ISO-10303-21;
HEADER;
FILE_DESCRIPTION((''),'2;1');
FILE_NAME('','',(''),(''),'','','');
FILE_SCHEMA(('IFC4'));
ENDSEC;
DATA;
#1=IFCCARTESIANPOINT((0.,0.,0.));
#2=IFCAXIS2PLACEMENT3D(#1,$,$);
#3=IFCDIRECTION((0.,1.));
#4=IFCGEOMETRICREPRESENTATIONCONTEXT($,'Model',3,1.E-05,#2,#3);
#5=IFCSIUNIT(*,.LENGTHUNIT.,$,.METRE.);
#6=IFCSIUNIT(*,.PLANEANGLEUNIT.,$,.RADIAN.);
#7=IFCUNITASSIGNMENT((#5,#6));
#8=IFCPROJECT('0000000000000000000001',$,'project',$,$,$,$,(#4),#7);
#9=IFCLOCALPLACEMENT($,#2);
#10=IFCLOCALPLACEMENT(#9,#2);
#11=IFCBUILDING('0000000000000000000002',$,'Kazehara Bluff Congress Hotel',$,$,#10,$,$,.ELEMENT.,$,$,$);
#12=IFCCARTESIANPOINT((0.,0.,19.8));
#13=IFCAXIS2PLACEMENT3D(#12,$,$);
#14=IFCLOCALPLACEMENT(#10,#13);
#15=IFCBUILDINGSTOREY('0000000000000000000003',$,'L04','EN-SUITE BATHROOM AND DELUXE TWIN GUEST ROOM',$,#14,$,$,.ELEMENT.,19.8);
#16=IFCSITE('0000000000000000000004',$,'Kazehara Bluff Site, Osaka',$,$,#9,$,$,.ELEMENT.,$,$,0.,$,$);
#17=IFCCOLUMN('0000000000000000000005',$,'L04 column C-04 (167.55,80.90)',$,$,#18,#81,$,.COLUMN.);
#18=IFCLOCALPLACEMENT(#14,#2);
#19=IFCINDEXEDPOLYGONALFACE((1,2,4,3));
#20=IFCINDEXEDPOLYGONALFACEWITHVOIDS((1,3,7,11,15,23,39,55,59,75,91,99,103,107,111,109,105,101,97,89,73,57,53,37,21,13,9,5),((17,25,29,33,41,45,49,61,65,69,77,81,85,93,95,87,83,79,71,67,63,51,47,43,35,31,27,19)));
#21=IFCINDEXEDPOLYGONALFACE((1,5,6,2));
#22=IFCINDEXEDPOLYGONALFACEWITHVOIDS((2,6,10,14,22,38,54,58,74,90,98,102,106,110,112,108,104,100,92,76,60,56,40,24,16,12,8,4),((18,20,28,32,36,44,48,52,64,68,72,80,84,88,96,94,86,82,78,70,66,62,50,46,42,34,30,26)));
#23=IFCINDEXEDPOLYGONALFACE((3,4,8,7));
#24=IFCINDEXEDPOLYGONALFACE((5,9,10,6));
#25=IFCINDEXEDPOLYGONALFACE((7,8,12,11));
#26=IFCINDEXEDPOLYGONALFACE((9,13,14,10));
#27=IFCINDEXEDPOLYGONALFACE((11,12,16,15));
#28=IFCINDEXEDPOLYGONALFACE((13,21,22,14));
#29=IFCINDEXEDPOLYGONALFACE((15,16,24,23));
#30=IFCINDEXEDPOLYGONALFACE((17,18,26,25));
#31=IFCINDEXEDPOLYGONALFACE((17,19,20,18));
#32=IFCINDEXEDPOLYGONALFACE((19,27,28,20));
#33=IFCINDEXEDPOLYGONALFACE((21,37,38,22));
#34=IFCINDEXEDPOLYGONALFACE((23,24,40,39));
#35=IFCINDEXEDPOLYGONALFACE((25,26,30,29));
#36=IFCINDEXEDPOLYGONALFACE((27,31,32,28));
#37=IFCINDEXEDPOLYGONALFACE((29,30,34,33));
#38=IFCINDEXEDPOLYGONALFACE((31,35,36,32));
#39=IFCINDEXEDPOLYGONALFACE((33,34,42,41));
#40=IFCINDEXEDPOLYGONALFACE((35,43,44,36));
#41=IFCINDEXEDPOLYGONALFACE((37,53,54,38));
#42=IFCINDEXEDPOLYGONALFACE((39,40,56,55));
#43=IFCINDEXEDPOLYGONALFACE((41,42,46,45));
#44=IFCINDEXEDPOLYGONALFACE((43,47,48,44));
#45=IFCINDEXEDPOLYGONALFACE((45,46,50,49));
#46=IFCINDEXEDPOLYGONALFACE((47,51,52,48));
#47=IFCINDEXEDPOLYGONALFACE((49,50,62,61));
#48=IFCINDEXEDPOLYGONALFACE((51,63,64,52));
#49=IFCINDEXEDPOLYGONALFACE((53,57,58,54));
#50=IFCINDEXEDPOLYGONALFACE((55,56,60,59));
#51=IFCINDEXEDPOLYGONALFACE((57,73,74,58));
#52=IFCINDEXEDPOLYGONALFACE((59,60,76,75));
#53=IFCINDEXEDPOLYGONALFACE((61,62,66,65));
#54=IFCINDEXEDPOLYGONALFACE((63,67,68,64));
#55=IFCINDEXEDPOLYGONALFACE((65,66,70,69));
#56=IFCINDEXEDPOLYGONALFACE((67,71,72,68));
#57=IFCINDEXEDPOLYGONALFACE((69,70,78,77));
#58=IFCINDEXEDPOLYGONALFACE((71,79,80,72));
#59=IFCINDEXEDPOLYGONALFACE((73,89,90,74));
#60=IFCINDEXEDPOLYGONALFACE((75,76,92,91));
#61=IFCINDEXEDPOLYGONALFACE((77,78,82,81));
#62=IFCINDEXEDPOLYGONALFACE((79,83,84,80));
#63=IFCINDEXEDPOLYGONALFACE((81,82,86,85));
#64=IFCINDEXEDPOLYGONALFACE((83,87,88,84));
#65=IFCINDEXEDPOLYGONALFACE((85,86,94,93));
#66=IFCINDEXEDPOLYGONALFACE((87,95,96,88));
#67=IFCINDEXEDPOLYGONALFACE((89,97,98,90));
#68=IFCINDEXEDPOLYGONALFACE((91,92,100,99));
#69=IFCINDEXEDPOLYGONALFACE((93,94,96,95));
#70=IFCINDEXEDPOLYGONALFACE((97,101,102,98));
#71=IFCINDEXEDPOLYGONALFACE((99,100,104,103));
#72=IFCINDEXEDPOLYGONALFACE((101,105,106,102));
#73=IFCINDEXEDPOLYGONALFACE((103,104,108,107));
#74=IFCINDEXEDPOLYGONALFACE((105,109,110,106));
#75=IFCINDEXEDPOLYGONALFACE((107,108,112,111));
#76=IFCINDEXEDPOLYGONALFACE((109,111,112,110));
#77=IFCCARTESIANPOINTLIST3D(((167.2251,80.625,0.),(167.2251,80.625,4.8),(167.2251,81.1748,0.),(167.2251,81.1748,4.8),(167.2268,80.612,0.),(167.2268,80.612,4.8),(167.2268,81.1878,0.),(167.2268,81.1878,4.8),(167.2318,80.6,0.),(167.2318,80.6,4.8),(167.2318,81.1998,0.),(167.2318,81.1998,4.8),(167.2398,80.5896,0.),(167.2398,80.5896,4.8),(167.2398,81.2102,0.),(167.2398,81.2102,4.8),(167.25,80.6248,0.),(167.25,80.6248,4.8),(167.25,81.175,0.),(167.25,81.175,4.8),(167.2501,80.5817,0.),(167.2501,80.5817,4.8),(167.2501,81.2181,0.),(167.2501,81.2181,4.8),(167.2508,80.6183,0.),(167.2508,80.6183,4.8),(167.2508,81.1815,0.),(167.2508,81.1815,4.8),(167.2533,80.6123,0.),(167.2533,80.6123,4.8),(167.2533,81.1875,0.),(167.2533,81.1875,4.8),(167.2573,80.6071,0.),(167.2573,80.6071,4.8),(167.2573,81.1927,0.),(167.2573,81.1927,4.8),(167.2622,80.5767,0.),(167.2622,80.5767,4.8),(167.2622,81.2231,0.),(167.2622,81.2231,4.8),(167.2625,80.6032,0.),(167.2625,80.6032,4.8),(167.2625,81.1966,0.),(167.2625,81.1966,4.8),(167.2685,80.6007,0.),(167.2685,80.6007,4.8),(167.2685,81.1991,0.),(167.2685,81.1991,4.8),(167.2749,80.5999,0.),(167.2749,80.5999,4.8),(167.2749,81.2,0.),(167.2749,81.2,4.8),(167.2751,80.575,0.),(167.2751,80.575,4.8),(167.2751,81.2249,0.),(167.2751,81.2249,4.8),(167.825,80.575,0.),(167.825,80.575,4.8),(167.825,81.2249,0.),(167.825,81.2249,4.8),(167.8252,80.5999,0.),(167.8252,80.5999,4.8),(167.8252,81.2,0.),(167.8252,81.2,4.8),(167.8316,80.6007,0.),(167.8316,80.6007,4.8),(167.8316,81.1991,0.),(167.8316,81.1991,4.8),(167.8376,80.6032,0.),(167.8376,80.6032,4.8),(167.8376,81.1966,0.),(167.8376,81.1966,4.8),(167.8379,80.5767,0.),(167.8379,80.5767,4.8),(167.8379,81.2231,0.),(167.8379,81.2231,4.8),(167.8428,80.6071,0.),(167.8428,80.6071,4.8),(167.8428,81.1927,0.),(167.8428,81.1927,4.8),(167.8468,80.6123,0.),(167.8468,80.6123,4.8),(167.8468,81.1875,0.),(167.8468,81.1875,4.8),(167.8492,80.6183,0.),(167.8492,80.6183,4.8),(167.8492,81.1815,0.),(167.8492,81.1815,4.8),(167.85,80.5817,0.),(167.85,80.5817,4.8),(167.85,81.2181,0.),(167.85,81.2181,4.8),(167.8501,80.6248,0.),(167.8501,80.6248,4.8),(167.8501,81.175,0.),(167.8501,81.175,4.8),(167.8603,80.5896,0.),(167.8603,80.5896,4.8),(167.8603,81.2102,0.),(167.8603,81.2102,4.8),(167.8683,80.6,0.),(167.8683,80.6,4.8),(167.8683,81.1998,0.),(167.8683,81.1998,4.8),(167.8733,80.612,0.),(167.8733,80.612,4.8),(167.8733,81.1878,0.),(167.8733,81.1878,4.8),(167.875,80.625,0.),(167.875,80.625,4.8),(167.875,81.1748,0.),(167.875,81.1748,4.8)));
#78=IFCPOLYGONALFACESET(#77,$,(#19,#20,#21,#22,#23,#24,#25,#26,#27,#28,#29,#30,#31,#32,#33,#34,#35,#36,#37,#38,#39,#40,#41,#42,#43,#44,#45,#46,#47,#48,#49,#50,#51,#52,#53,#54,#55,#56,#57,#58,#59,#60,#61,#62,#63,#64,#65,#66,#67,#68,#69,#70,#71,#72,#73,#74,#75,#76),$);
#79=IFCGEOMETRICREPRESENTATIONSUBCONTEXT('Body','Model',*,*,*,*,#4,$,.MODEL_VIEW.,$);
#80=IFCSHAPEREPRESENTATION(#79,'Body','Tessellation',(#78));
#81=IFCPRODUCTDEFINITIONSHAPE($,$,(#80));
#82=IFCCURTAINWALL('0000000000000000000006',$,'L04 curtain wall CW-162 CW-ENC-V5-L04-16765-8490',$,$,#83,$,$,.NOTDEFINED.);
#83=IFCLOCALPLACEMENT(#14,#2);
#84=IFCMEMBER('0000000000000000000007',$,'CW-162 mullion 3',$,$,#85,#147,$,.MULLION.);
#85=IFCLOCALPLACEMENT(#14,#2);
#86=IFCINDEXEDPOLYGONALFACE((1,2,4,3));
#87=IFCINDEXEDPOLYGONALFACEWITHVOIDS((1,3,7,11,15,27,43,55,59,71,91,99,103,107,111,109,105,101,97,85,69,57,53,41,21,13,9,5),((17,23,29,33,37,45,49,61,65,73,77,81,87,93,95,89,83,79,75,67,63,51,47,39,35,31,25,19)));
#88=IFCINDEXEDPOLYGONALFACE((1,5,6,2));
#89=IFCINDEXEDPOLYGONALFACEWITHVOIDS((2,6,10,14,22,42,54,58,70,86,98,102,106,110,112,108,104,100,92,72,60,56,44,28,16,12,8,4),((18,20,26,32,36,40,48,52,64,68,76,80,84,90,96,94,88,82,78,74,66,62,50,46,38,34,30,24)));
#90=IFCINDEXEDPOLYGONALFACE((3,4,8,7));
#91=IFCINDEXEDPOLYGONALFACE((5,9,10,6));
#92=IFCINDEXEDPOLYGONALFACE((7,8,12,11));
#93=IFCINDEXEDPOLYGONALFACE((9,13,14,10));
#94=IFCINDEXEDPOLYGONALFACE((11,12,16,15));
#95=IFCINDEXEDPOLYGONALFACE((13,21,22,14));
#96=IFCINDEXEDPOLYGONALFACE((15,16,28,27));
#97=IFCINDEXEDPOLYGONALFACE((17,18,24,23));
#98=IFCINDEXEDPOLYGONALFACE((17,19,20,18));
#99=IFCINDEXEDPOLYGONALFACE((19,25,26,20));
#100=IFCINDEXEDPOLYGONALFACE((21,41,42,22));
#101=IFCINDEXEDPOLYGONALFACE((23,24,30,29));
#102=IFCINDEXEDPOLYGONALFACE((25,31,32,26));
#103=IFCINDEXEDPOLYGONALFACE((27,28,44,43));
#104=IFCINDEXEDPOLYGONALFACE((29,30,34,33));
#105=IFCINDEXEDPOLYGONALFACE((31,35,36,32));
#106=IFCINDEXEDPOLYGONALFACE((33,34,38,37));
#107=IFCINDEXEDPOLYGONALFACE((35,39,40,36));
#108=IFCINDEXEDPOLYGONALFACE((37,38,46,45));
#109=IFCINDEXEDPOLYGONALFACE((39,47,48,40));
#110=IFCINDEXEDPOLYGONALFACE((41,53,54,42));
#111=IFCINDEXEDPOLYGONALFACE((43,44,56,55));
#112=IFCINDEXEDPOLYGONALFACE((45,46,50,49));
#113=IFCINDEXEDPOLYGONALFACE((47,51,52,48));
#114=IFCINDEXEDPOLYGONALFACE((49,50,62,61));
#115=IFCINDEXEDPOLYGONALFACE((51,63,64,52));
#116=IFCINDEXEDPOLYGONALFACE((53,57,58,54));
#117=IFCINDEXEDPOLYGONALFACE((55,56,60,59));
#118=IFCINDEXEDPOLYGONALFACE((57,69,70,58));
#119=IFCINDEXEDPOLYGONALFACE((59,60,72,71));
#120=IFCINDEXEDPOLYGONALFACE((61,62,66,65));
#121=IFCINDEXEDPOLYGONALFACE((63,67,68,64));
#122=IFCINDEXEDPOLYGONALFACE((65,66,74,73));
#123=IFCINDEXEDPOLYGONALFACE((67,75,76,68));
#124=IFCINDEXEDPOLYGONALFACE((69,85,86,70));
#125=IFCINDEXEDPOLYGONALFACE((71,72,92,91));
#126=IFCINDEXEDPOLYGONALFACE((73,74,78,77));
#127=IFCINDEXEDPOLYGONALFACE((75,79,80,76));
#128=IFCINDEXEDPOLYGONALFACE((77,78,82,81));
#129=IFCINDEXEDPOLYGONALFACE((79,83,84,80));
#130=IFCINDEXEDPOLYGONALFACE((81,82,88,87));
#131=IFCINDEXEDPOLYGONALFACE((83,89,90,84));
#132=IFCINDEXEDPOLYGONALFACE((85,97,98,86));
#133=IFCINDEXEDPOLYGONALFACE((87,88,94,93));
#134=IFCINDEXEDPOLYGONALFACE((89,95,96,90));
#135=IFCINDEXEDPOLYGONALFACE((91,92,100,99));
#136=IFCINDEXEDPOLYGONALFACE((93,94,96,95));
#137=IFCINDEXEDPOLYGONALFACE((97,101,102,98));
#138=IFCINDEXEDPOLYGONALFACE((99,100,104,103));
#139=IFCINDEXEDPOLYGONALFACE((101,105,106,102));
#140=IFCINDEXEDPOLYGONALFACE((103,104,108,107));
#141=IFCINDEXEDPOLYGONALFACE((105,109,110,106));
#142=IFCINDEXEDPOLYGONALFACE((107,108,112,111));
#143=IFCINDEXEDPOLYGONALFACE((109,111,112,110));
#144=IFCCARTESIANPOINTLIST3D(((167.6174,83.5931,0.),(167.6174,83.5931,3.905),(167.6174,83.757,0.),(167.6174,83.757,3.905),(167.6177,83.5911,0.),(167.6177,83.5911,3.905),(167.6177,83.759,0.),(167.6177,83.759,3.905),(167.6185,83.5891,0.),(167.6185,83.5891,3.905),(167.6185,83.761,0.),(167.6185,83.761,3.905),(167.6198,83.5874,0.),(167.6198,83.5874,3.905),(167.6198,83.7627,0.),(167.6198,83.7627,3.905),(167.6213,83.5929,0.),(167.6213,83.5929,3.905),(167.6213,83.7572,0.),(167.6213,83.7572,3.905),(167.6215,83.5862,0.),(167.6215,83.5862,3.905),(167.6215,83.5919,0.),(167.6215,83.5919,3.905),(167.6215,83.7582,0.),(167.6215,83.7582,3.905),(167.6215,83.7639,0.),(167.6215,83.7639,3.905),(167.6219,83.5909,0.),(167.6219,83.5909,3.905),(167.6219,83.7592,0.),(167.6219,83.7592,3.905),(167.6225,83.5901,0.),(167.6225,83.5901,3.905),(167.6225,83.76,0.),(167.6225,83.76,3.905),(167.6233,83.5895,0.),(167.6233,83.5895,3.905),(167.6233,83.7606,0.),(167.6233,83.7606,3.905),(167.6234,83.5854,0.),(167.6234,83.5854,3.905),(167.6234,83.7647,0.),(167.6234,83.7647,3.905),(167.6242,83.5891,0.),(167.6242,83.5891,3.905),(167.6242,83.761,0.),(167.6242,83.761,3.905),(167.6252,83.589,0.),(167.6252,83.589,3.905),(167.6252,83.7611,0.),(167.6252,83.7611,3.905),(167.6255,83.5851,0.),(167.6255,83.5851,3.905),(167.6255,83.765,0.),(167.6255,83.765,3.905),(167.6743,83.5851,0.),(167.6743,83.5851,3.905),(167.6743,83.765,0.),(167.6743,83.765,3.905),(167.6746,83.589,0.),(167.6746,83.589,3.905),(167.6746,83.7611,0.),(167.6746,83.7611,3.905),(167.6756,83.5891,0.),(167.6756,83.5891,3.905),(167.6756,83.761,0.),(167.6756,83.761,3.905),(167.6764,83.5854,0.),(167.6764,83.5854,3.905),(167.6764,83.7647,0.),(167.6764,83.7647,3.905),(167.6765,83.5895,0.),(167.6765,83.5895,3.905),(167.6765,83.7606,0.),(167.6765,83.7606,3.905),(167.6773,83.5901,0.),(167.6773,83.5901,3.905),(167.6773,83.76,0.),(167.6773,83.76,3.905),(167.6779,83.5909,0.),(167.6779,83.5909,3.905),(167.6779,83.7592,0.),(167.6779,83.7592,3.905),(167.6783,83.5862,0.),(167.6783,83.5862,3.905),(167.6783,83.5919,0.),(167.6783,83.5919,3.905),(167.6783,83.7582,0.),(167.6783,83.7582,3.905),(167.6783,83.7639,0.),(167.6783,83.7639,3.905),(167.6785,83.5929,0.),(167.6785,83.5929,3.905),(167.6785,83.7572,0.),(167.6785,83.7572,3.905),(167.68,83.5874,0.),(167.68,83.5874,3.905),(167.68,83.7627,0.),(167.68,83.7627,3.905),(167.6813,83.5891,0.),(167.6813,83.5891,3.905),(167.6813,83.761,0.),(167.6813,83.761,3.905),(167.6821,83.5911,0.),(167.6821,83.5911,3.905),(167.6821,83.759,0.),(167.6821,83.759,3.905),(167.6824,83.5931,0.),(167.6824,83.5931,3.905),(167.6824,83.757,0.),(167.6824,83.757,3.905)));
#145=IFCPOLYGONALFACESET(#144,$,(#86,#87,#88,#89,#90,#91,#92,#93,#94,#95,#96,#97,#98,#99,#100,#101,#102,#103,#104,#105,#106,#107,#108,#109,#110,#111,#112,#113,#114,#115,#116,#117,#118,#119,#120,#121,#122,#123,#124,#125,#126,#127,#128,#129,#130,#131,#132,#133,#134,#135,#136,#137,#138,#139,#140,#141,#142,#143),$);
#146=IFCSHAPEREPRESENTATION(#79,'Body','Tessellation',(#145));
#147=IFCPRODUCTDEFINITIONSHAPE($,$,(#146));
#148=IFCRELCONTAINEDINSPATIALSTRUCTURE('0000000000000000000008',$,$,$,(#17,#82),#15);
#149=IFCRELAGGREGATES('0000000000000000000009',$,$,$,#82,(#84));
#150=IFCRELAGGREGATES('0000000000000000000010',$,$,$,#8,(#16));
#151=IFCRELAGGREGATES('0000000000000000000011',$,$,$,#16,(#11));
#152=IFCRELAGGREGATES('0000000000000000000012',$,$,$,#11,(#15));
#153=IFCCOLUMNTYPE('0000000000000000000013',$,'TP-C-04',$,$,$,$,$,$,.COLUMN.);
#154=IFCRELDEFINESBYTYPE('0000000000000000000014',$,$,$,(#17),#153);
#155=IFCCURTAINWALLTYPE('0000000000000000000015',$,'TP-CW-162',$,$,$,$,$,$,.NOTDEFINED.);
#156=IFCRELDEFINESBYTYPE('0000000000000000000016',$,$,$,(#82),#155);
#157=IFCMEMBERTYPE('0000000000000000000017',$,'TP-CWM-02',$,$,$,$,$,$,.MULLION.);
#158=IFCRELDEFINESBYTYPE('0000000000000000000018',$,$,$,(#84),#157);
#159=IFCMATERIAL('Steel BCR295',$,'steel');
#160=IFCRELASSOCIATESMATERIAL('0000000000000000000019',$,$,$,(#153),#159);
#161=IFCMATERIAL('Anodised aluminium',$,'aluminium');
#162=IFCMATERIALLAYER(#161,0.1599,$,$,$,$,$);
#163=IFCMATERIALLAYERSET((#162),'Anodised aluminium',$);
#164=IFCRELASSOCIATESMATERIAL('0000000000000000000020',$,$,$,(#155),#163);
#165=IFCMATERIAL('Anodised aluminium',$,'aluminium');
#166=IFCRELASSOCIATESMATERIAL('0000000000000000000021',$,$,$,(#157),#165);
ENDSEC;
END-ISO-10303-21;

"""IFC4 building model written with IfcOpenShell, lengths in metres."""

from ifc_helpers import new_model, si_unit, direction, frame, origin, origin_2d, place, context, subcontext, project, spatial, hollow_rectangle, extrude, material, layer, layer_set, material_profile, profile_set, type_object, element, aggregate, save


model = new_model("IFC4")

# Units and contexts
model_context = context("Model", 3, precision=1e-05, world=origin(), true_north=direction((0.0, 1.0)))
body_context = subcontext(model_context, "Body", "Model", "MODEL_VIEW")
ifc_project = project(units=[si_unit("LENGTHUNIT", "METRE"), si_unit("PLANEANGLEUNIT", "RADIAN")], contexts=[model_context])

# Site, building, storey
site_placement = place(None, origin())
site = spatial("IfcSite", under=ifc_project, at=site_placement, Name="Kazehara Bluff Site, Osaka", CompositionType="ELEMENT", RefElevation=0.0)
building_placement = place(site_placement, origin())
building = spatial("IfcBuilding", under=site, at=building_placement, Name="Kazehara Bluff Congress Hotel", CompositionType="ELEMENT")
storey_placement = place(building_placement, frame((0.0, 0.0, 19.8)))
storey = spatial("IfcBuildingStorey", under=building, at=storey_placement, Name="L04", Description="EN-SUITE BATHROOM AND DELUXE TWIN GUEST ROOM", CompositionType="ELEMENT", Elevation=19.8)

# Column
ifc_material_1 = material(Name="Steel BCR295", Category="steel")
ifc_material_profile_1 = material_profile(ifc_material_1, hollow_rectangle(XDim=0.6499, YDim=0.6499, WallThickness=0.0249, InnerFilletRadius=0.0249, OuterFilletRadius=0.05, at=origin_2d()))
ifc_profile_set_1 = profile_set([ifc_material_profile_1], Name="Steel BCR295")
column_type = type_object("IfcColumnType", Name="TP-C-04", PredefinedType="COLUMN", material=ifc_profile_set_1)
for number, where, z_axis, x_axis, name in (
    (1, (167.55, 80.8999, 0.0), (0.0, 0.0, 1.0), (1.0, 0.0, 0.0), "L04 column C-04 (167.55,80.90)"),
):
    element("IfcColumn", number, at=place(storey_placement, frame(where, z_axis=z_axis, x_axis=x_axis)), inside=storey, type_object=column_type, Name=name, PredefinedType="COLUMN", context=body_context, shape_type="SweptSolid", body=[
        extrude(hollow_rectangle(XDim=0.6499, YDim=0.6499, WallThickness=0.0249, InnerFilletRadius=0.0249, OuterFilletRadius=0.05, at=origin_2d()), origin(), (0.0, 0.0, 1.0), 4.8),
    ])

# Curtain wall, member
ifc_material_2 = material(Name="Anodised aluminium", Category="aluminium")
ifc_layer_1 = layer(ifc_material_2, 0.1599)
ifc_layer_set_1 = layer_set([ifc_layer_1], Name="Anodised aluminium")
curtain_wall_type_1 = type_object("IfcCurtainWallType", Name="TP-CW-162", PredefinedType="NOTDEFINED", material=ifc_layer_set_1)
curtain_wall_1_placement = place(storey_placement, origin())
curtain_wall_1 = element("IfcCurtainWall", 2, at=curtain_wall_1_placement, inside=storey, type_object=curtain_wall_type_1, Name="L04 curtain wall CW-162 CW-ENC-V5-L04-16765-8490", PredefinedType="NOTDEFINED")
ifc_material_3 = material(Name="Anodised aluminium", Category="aluminium")
ifc_material_profile_2 = material_profile(ifc_material_3, hollow_rectangle(XDim=0.0649, YDim=0.1799, WallThickness=0.0039, InnerFilletRadius=0.0039, OuterFilletRadius=0.0081, at=origin_2d()))
ifc_profile_set_2 = profile_set([ifc_material_profile_2], Name="Anodised aluminium")
member_type_1 = type_object("IfcMemberType", Name="TP-CWM-02", PredefinedType="MULLION", material=ifc_profile_set_2)
member_1_placement = place(storey_placement, frame((167.6499, 83.675, 0.0), z_axis=(0.0, 0.0, 1.0), x_axis=(1.0, 0.0, 0.0)))
member_1 = element("IfcMember", 3, at=member_1_placement, type_object=member_type_1, Name="CW-162 mullion 3", PredefinedType="MULLION", context=body_context, shape_type="SweptSolid", body=[
    extrude(hollow_rectangle(XDim=0.0649, YDim=0.1799, WallThickness=0.0039, InnerFilletRadius=0.0039, OuterFilletRadius=0.0081, at=origin_2d()), origin(), (0.0, 0.0, 1.0), 3.905),
])

aggregate(curtain_wall_1, [member_1])

save(model, "model.ifc")
